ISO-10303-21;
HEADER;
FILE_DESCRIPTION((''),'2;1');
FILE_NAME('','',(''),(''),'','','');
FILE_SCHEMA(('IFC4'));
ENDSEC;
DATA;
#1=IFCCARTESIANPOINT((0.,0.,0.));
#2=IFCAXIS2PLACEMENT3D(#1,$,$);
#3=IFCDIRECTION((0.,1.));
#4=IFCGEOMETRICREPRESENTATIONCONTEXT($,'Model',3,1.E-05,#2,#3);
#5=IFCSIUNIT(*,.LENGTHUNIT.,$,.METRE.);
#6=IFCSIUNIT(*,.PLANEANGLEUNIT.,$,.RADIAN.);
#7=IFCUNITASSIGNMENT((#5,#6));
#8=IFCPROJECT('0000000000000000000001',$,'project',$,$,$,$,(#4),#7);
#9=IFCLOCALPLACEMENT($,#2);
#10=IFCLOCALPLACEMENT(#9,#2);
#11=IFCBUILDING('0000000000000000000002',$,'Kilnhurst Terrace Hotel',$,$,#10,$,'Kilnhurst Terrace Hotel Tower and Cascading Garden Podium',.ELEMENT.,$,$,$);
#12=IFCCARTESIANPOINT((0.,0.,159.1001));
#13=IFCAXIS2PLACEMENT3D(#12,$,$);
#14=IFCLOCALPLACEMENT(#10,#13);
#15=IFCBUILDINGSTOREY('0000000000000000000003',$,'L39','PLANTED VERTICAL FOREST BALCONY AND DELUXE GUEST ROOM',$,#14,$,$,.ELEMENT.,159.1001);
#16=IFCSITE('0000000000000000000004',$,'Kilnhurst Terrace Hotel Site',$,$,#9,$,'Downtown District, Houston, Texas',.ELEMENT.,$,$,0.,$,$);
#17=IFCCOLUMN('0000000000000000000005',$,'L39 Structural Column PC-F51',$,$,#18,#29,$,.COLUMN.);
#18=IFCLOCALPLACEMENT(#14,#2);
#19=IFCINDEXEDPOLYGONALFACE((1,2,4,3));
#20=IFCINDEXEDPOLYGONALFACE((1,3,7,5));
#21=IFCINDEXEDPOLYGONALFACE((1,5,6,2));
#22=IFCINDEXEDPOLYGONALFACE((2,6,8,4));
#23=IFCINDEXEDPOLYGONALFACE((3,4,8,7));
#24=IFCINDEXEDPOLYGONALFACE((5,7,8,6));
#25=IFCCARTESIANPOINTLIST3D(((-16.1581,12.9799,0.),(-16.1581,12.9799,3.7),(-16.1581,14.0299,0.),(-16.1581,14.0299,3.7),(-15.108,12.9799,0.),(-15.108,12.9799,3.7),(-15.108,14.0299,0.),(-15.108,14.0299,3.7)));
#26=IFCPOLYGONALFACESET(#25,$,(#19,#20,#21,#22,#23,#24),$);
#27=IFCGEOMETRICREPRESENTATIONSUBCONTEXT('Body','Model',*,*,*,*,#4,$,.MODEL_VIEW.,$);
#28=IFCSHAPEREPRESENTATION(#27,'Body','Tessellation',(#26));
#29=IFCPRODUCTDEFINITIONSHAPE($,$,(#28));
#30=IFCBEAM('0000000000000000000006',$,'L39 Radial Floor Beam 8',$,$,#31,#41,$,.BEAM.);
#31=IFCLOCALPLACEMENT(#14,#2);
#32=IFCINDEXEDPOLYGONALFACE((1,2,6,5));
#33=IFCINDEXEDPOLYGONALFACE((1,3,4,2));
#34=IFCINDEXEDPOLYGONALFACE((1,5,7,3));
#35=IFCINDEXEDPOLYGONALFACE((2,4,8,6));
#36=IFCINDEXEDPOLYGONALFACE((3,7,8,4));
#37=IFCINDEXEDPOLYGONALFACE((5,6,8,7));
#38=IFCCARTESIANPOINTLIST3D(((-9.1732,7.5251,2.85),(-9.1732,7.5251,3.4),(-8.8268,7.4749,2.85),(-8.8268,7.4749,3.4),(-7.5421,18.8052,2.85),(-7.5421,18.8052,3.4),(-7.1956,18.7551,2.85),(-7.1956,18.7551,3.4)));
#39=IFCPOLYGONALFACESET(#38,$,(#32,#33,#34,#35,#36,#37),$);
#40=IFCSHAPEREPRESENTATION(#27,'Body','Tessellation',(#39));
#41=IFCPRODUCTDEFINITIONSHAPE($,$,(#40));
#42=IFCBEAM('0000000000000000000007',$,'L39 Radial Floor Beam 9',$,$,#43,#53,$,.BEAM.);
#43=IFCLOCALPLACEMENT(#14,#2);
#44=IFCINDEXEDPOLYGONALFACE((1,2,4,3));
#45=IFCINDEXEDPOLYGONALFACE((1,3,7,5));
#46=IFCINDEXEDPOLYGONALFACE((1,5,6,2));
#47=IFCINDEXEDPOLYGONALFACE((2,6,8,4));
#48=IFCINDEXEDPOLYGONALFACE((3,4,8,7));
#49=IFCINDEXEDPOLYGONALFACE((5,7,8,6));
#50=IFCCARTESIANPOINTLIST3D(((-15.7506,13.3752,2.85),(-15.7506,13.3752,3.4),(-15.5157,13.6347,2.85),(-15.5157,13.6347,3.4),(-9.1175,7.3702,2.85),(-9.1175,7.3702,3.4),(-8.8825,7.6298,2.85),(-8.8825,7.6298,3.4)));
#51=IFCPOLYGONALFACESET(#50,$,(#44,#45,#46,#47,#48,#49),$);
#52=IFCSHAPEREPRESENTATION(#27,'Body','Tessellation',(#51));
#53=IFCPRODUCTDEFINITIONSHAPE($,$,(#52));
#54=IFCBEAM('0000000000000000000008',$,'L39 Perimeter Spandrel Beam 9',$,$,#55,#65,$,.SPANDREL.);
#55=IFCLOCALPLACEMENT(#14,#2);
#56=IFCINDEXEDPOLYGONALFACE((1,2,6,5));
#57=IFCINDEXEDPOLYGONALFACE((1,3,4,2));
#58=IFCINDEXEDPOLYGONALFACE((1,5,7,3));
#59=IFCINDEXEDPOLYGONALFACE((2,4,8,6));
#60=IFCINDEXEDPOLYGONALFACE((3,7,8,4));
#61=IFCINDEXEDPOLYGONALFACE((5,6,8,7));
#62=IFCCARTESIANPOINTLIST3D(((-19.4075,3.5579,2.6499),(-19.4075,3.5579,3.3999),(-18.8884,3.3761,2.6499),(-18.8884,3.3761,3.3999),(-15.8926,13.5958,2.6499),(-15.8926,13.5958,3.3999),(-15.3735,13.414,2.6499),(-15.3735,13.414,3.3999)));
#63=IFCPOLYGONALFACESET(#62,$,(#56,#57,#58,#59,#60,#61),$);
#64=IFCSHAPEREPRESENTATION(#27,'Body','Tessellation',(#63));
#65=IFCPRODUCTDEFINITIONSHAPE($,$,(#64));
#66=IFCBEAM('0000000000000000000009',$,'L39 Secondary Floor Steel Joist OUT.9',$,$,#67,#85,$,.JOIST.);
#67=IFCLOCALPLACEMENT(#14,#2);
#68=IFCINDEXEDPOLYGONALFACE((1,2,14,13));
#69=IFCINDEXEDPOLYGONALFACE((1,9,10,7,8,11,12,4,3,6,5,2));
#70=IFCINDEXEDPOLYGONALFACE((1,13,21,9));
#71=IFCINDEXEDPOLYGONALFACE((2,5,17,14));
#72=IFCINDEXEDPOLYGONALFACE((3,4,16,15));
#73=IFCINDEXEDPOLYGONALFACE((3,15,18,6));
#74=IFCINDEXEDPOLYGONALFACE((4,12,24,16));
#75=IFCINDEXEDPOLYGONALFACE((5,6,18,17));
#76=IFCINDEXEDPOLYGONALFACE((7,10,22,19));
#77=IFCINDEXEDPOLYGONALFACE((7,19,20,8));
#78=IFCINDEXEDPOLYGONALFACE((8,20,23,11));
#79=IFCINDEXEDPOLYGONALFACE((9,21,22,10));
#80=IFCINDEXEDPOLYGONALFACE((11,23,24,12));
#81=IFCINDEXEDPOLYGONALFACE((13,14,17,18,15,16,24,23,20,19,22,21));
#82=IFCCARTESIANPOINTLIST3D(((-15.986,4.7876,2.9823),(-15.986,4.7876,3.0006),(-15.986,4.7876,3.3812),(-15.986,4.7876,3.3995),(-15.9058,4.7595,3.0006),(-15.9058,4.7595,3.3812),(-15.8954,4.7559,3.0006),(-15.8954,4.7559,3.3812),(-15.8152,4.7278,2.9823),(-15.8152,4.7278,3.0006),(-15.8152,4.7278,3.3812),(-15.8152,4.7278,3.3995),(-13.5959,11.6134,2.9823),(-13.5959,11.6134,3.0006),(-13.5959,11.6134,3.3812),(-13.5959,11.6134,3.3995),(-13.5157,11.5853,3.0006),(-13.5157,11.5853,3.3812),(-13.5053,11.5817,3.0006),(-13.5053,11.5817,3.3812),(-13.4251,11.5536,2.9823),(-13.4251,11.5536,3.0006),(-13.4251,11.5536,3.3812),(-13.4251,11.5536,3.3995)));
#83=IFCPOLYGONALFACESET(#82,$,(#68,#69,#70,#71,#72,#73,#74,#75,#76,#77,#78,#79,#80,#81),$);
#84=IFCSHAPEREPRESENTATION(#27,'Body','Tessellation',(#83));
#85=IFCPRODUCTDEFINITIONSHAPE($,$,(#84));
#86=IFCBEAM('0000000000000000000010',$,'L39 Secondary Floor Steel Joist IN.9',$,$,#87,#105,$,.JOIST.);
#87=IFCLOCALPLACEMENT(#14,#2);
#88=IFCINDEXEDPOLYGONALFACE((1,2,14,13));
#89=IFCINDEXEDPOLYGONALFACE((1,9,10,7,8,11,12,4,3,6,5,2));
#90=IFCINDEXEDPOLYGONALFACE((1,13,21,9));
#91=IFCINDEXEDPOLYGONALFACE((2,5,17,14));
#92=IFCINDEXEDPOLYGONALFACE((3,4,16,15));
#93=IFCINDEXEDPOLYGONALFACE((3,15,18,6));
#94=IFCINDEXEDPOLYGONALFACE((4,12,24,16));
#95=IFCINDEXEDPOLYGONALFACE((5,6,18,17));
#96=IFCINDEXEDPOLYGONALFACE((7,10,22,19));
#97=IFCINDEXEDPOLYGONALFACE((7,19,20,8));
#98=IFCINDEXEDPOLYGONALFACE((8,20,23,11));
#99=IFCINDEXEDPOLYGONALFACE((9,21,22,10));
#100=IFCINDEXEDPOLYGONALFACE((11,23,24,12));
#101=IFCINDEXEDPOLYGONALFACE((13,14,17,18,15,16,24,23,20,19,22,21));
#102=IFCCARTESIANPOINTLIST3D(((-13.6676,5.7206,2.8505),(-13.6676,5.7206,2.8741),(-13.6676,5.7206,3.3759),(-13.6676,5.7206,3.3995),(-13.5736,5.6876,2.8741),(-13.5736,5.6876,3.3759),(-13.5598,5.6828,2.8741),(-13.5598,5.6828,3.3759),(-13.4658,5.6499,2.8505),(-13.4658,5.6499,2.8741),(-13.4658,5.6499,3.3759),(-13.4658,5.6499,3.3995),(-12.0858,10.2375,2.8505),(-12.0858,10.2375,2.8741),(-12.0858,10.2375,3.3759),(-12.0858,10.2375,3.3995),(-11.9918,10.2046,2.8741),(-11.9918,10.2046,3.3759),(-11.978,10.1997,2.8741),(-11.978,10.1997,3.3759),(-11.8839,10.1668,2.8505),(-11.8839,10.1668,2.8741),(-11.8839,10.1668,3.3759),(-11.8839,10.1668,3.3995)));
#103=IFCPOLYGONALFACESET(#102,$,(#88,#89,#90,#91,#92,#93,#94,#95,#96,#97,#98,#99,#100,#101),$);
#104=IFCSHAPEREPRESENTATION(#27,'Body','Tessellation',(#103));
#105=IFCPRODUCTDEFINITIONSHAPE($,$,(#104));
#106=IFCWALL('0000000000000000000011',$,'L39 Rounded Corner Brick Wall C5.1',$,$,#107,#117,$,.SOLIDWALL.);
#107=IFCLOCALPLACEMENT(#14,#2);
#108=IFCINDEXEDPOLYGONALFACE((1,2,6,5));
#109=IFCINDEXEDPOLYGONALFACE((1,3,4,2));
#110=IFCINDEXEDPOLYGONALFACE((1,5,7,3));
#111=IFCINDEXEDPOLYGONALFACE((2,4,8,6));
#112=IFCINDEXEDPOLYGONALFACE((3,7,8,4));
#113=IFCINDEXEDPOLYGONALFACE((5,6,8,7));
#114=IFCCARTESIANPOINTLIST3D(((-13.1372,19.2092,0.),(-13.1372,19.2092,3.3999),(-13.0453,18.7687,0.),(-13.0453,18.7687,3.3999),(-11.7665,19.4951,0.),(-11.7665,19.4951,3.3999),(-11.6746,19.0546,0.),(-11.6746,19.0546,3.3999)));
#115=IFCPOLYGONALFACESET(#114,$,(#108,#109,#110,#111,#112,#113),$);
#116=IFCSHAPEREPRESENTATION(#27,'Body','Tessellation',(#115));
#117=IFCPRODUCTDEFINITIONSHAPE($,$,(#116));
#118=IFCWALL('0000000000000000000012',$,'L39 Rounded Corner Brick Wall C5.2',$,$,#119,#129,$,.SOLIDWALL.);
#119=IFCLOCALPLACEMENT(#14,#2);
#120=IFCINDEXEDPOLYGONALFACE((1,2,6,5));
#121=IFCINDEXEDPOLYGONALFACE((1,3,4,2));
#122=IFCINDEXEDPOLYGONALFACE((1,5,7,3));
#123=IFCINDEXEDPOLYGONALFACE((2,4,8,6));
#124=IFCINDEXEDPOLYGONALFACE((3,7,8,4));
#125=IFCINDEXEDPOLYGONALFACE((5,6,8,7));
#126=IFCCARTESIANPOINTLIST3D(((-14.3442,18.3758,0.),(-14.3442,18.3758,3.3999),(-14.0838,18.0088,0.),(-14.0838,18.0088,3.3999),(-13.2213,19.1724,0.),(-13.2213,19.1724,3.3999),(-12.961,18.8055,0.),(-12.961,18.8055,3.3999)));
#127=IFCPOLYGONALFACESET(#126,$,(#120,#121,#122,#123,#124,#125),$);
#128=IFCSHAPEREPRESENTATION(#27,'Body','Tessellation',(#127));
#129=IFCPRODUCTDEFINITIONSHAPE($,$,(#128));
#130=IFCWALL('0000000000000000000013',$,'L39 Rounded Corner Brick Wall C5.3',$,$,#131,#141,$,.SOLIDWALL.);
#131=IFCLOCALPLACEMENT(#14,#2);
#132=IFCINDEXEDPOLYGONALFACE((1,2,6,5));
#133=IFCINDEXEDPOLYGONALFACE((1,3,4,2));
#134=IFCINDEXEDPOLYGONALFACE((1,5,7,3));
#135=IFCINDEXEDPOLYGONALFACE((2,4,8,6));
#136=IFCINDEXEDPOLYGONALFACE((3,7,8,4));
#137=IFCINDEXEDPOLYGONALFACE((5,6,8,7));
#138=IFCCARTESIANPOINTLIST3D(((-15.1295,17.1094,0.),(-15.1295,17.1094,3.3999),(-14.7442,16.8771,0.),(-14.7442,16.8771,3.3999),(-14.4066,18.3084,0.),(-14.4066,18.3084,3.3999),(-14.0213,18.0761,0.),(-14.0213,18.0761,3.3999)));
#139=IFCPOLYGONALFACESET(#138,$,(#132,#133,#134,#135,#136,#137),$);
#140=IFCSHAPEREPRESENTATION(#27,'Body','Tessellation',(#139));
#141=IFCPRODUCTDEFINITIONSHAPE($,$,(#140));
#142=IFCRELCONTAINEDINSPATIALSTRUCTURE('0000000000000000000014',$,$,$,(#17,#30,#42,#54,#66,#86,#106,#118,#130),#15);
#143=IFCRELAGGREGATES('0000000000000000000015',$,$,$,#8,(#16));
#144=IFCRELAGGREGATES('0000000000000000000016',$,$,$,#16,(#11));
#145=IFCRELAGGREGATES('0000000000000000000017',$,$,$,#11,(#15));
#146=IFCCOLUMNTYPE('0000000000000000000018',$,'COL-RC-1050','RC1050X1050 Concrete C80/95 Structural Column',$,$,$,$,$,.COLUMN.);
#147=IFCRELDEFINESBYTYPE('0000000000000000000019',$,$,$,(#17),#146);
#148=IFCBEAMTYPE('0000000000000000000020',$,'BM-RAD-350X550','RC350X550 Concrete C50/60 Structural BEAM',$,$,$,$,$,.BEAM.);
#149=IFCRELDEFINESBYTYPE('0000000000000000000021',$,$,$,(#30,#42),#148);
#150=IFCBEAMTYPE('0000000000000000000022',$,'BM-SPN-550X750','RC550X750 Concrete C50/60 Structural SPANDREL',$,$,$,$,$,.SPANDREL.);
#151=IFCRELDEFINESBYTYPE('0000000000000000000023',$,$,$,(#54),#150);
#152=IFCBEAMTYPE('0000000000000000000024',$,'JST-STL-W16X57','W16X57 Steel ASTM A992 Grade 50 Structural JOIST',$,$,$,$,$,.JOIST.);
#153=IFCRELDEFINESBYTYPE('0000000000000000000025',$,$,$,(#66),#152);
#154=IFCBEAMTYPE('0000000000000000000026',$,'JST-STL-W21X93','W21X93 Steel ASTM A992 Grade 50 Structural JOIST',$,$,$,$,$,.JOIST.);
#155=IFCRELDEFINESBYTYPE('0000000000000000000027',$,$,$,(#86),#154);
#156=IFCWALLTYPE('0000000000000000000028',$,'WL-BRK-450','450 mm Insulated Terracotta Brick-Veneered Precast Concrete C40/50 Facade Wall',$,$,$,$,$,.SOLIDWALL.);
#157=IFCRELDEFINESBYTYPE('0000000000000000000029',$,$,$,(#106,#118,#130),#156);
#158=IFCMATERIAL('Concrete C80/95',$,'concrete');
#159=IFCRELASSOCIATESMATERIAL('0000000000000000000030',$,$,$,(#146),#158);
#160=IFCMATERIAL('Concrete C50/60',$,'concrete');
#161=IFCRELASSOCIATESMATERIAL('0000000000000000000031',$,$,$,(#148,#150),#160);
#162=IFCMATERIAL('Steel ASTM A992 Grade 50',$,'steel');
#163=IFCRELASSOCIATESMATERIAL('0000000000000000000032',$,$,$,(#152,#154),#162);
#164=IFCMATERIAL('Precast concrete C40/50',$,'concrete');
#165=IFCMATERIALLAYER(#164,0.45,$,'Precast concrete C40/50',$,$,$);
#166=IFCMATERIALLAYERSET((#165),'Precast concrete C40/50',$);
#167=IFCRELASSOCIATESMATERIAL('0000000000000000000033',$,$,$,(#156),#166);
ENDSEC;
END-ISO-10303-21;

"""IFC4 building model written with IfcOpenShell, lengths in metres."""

from ifc_helpers import new_model, si_unit, direction, frame, frame_2d, origin, origin_2d, place, context, subcontext, project, spatial, rectangle, i_section, extrude, material, layer, layer_set, material_profile, profile_set, type_object, element, save


model = new_model("IFC4")

# Units and contexts
model_context = context("Model", 3, precision=1e-05, world=origin(), true_north=direction((0.0, 1.0)))
body_context = subcontext(model_context, "Body", "Model", "MODEL_VIEW")
ifc_project = project(units=[si_unit("LENGTHUNIT", "METRE"), si_unit("PLANEANGLEUNIT", "RADIAN")], contexts=[model_context])

# Site, building, storey
site_placement = place(None, origin())
site = spatial("IfcSite", under=ifc_project, at=site_placement, Name="Kilnhurst Terrace Hotel Site", LongName="Downtown District, Houston, Texas", CompositionType="ELEMENT", RefElevation=0.0)
building_placement = place(site_placement, origin())
building = spatial("IfcBuilding", under=site, at=building_placement, Name="Kilnhurst Terrace Hotel", LongName="Kilnhurst Terrace Hotel Tower and Cascading Garden Podium", CompositionType="ELEMENT")
storey_placement = place(building_placement, frame((0.0, 0.0, 159.1001)))
storey = spatial("IfcBuildingStorey", under=building, at=storey_placement, Name="L39", Description="PLANTED VERTICAL FOREST BALCONY AND DELUXE GUEST ROOM", CompositionType="ELEMENT", Elevation=159.1001)

# Column
ifc_material_1 = material(Name="Concrete C80/95", Category="concrete")
ifc_material_profile_1 = material_profile(ifc_material_1, rectangle(XDim=1.05, YDim=1.05, at=origin_2d()), Name="RC1050X1050")
ifc_profile_set_1 = profile_set([ifc_material_profile_1], Name="Concrete C80/95")
column_type = type_object("IfcColumnType", Name="COL-RC-1050", Description="RC1050X1050 Concrete C80/95 Structural Column", PredefinedType="COLUMN", material=ifc_profile_set_1)
column_placement = place(storey_placement, frame((-15.6331, 13.5049, 0.0), z_axis=(0.0, 0.0, 1.0), x_axis=(1.0, 0.0, 0.0)))
element("IfcColumn", 1, at=column_placement, inside=storey, type_object=column_type, Name="L39 Structural Column PC-F51", PredefinedType="COLUMN", context=body_context, shape_type="SweptSolid", body=[
    extrude(rectangle(XDim=1.05, YDim=1.05, at=origin_2d()), origin(), (0.0, 0.0, 1.0), 3.7),
])

# Beams
ifc_material_2 = material(Name="Concrete C50/60", Category="concrete")
ifc_material_profile_2 = material_profile(ifc_material_2, rectangle(XDim=0.3501, YDim=0.55, at=origin_2d()), Name="RC350X550")
ifc_profile_set_2 = profile_set([ifc_material_profile_2], Name="Concrete C50/60")
beam_type_1 = type_object("IfcBeamType", Name="BM-RAD-350X550", Description="RC350X550 Concrete C50/60 Structural BEAM", PredefinedType="BEAM", material=ifc_profile_set_2)
beam_1_placement = place(storey_placement, frame((-9.0, 7.5, 3.125), z_axis=(0.143113, 0.989706, 0.0), x_axis=(-0.989706, 0.143113, 0.0)))
element("IfcBeam", 2, at=beam_1_placement, inside=storey, type_object=beam_type_1, Name="L39 Radial Floor Beam 8", PredefinedType="BEAM", context=body_context, shape_type="SweptSolid", body=[
    extrude(rectangle(XDim=0.3501, YDim=0.55, at=origin_2d()), origin(), (0.0, 0.0, 1.0), 11.3975),
])
beam_2_placement = place(storey_placement, frame((-9.0, 7.5, 3.125), z_axis=(-0.741339, 0.671131, 0.0), x_axis=(-0.671131, -0.741339, 0.0)))
element("IfcBeam", 3, at=beam_2_placement, inside=storey, type_object=beam_type_1, Name="L39 Radial Floor Beam 9", PredefinedType="BEAM", context=body_context, shape_type="SweptSolid", body=[
    extrude(rectangle(XDim=0.3501, YDim=0.55, at=origin_2d()), origin(), (0.0, 0.0, 1.0), 8.9475),
])
ifc_material_profile_3 = material_profile(ifc_material_2, rectangle(XDim=0.55, YDim=0.75, at=origin_2d()), Name="RC550X750")
ifc_profile_set_3 = profile_set([ifc_material_profile_3], Name="Concrete C50/60")
beam_type_2 = type_object("IfcBeamType", Name="BM-SPN-550X750", Description="RC550X750 Concrete C50/60 Structural SPANDREL", PredefinedType="SPANDREL", material=ifc_profile_set_3)
beam_3_placement = place(storey_placement, frame((-15.6331, 13.5049, 3.0249), z_axis=(-0.330488, -0.94381, 0.0), x_axis=(0.94381, -0.330488, 0.0)))
element("IfcBeam", 4, at=beam_3_placement, inside=storey, type_object=beam_type_2, Name="L39 Perimeter Spandrel Beam 9", PredefinedType="SPANDREL", context=body_context, shape_type="SweptSolid", body=[
    extrude(rectangle(XDim=0.55, YDim=0.75, at=origin_2d()), origin(), (0.0, 0.0, 1.0), 10.6355),
])
ifc_material_3 = material(Name="Steel ASTM A992 Grade 50", Category="steel")
ifc_material_profile_4 = material_profile(ifc_material_3, i_section(OverallWidth=0.1809, OverallDepth=0.4172, WebThickness=0.011, FlangeThickness=0.0183, at=origin_2d()), Name="W16X57")
ifc_profile_set_4 = profile_set([ifc_material_profile_4], Name="Steel ASTM A992 Grade 50")
beam_type_3 = type_object("IfcBeamType", Name="JST-STL-W16X57", Description="W16X57 Steel ASTM A992 Grade 50 Structural JOIST", PredefinedType="JOIST", material=ifc_profile_set_4)
beam_4_placement = place(storey_placement, frame((-13.5105, 11.5835, 3.1909), z_axis=(-0.330481, -0.943813, 0.0), x_axis=(0.943813, -0.330481, 0.0)))
element("IfcBeam", 5, at=beam_4_placement, inside=storey, type_object=beam_type_3, Name="L39 Secondary Floor Steel Joist OUT.9", PredefinedType="JOIST", context=body_context, shape_type="SweptSolid", body=[
    extrude(i_section(OverallWidth=0.1809, OverallDepth=0.4172, WebThickness=0.011, FlangeThickness=0.0183, at=origin_2d()), origin(), (0.0, 0.0, 1.0), 7.2322),
])
ifc_material_profile_5 = material_profile(ifc_material_3, i_section(OverallWidth=0.2139, OverallDepth=0.5491, WebThickness=0.0146, FlangeThickness=0.0237, at=origin_2d()), Name="W21X93")
ifc_profile_set_5 = profile_set([ifc_material_profile_5], Name="Steel ASTM A992 Grade 50")
beam_type_4 = type_object("IfcBeamType", Name="JST-STL-W21X93", Description="W21X93 Steel ASTM A992 Grade 50 Structural JOIST", PredefinedType="JOIST", material=ifc_profile_set_5)
beam_5_placement = place(storey_placement, frame((-11.9849, 10.2021, 3.125), z_axis=(-0.330516, -0.9438, 0.0), x_axis=(0.9438, -0.330516, 0.0)))
element("IfcBeam", 6, at=beam_5_placement, inside=storey, type_object=beam_type_4, Name="L39 Secondary Floor Steel Joist IN.9", PredefinedType="JOIST", context=body_context, shape_type="SweptSolid", body=[
    extrude(i_section(OverallWidth=0.2139, OverallDepth=0.5491, WebThickness=0.0146, FlangeThickness=0.0237, at=origin_2d()), origin(), (0.0, 0.0, 1.0), 4.7859),
])

# Walls
ifc_material_4 = material(Name="Precast concrete C40/50", Category="concrete")
ifc_layer_1 = layer(ifc_material_4, 0.45, Name="Precast concrete C40/50")
ifc_layer_set_1 = layer_set([ifc_layer_1], Name="Precast concrete C40/50")
wall_type_1 = type_object("IfcWallType", Name="WL-BRK-450", Description="450 mm Insulated Terracotta Brick-Veneered Precast Concrete C40/50 Facade Wall", PredefinedType="SOLIDWALL", material=ifc_layer_set_1)
wall_1_placement = place(storey_placement, frame((-11.7205, 19.2749, 0.0), z_axis=(0.0, 0.0, 1.0), x_axis=(-0.978931, -0.204191, 0.0)))
element("IfcWall", 7, at=wall_1_placement, inside=storey, type_object=wall_type_1, Name="L39 Rounded Corner Brick Wall C5.1", PredefinedType="SOLIDWALL", context=body_context, shape_type="SweptSolid", body=[
    extrude(rectangle(XDim=1.4001, YDim=0.45, at=frame_2d((0.7002, 0.0))), origin(), (0.0, 0.0, 1.0), 3.3999),
])
wall_2_placement = place(storey_placement, frame((-13.0911, 18.989, 0.0), z_axis=(0.0, 0.0, 1.0), x_axis=(-0.815575, -0.578652, 0.0)))
element("IfcWall", 8, at=wall_2_placement, inside=storey, type_object=wall_type_1, Name="L39 Rounded Corner Brick Wall C5.2", PredefinedType="SOLIDWALL", context=body_context, shape_type="SweptSolid", body=[
    extrude(rectangle(XDim=1.3767, YDim=0.45, at=frame_2d((0.6885, 0.0))), origin(), (0.0, 0.0, 1.0), 3.3999),
])
wall_3_placement = place(storey_placement, frame((-14.2139, 18.1924, 0.0), z_axis=(0.0, 0.0, 1.0), x_axis=(-0.516341, -0.856383, 0.0)))
element("IfcWall", 9, at=wall_3_placement, inside=storey, type_object=wall_type_1, Name="L39 Rounded Corner Brick Wall C5.3", PredefinedType="SOLIDWALL", context=body_context, shape_type="SweptSolid", body=[
    extrude(rectangle(XDim=1.4001, YDim=0.45, at=frame_2d((0.7002, 0.0))), origin(), (0.0, 0.0, 1.0), 3.3999),
])

save(model, "model.ifc")
